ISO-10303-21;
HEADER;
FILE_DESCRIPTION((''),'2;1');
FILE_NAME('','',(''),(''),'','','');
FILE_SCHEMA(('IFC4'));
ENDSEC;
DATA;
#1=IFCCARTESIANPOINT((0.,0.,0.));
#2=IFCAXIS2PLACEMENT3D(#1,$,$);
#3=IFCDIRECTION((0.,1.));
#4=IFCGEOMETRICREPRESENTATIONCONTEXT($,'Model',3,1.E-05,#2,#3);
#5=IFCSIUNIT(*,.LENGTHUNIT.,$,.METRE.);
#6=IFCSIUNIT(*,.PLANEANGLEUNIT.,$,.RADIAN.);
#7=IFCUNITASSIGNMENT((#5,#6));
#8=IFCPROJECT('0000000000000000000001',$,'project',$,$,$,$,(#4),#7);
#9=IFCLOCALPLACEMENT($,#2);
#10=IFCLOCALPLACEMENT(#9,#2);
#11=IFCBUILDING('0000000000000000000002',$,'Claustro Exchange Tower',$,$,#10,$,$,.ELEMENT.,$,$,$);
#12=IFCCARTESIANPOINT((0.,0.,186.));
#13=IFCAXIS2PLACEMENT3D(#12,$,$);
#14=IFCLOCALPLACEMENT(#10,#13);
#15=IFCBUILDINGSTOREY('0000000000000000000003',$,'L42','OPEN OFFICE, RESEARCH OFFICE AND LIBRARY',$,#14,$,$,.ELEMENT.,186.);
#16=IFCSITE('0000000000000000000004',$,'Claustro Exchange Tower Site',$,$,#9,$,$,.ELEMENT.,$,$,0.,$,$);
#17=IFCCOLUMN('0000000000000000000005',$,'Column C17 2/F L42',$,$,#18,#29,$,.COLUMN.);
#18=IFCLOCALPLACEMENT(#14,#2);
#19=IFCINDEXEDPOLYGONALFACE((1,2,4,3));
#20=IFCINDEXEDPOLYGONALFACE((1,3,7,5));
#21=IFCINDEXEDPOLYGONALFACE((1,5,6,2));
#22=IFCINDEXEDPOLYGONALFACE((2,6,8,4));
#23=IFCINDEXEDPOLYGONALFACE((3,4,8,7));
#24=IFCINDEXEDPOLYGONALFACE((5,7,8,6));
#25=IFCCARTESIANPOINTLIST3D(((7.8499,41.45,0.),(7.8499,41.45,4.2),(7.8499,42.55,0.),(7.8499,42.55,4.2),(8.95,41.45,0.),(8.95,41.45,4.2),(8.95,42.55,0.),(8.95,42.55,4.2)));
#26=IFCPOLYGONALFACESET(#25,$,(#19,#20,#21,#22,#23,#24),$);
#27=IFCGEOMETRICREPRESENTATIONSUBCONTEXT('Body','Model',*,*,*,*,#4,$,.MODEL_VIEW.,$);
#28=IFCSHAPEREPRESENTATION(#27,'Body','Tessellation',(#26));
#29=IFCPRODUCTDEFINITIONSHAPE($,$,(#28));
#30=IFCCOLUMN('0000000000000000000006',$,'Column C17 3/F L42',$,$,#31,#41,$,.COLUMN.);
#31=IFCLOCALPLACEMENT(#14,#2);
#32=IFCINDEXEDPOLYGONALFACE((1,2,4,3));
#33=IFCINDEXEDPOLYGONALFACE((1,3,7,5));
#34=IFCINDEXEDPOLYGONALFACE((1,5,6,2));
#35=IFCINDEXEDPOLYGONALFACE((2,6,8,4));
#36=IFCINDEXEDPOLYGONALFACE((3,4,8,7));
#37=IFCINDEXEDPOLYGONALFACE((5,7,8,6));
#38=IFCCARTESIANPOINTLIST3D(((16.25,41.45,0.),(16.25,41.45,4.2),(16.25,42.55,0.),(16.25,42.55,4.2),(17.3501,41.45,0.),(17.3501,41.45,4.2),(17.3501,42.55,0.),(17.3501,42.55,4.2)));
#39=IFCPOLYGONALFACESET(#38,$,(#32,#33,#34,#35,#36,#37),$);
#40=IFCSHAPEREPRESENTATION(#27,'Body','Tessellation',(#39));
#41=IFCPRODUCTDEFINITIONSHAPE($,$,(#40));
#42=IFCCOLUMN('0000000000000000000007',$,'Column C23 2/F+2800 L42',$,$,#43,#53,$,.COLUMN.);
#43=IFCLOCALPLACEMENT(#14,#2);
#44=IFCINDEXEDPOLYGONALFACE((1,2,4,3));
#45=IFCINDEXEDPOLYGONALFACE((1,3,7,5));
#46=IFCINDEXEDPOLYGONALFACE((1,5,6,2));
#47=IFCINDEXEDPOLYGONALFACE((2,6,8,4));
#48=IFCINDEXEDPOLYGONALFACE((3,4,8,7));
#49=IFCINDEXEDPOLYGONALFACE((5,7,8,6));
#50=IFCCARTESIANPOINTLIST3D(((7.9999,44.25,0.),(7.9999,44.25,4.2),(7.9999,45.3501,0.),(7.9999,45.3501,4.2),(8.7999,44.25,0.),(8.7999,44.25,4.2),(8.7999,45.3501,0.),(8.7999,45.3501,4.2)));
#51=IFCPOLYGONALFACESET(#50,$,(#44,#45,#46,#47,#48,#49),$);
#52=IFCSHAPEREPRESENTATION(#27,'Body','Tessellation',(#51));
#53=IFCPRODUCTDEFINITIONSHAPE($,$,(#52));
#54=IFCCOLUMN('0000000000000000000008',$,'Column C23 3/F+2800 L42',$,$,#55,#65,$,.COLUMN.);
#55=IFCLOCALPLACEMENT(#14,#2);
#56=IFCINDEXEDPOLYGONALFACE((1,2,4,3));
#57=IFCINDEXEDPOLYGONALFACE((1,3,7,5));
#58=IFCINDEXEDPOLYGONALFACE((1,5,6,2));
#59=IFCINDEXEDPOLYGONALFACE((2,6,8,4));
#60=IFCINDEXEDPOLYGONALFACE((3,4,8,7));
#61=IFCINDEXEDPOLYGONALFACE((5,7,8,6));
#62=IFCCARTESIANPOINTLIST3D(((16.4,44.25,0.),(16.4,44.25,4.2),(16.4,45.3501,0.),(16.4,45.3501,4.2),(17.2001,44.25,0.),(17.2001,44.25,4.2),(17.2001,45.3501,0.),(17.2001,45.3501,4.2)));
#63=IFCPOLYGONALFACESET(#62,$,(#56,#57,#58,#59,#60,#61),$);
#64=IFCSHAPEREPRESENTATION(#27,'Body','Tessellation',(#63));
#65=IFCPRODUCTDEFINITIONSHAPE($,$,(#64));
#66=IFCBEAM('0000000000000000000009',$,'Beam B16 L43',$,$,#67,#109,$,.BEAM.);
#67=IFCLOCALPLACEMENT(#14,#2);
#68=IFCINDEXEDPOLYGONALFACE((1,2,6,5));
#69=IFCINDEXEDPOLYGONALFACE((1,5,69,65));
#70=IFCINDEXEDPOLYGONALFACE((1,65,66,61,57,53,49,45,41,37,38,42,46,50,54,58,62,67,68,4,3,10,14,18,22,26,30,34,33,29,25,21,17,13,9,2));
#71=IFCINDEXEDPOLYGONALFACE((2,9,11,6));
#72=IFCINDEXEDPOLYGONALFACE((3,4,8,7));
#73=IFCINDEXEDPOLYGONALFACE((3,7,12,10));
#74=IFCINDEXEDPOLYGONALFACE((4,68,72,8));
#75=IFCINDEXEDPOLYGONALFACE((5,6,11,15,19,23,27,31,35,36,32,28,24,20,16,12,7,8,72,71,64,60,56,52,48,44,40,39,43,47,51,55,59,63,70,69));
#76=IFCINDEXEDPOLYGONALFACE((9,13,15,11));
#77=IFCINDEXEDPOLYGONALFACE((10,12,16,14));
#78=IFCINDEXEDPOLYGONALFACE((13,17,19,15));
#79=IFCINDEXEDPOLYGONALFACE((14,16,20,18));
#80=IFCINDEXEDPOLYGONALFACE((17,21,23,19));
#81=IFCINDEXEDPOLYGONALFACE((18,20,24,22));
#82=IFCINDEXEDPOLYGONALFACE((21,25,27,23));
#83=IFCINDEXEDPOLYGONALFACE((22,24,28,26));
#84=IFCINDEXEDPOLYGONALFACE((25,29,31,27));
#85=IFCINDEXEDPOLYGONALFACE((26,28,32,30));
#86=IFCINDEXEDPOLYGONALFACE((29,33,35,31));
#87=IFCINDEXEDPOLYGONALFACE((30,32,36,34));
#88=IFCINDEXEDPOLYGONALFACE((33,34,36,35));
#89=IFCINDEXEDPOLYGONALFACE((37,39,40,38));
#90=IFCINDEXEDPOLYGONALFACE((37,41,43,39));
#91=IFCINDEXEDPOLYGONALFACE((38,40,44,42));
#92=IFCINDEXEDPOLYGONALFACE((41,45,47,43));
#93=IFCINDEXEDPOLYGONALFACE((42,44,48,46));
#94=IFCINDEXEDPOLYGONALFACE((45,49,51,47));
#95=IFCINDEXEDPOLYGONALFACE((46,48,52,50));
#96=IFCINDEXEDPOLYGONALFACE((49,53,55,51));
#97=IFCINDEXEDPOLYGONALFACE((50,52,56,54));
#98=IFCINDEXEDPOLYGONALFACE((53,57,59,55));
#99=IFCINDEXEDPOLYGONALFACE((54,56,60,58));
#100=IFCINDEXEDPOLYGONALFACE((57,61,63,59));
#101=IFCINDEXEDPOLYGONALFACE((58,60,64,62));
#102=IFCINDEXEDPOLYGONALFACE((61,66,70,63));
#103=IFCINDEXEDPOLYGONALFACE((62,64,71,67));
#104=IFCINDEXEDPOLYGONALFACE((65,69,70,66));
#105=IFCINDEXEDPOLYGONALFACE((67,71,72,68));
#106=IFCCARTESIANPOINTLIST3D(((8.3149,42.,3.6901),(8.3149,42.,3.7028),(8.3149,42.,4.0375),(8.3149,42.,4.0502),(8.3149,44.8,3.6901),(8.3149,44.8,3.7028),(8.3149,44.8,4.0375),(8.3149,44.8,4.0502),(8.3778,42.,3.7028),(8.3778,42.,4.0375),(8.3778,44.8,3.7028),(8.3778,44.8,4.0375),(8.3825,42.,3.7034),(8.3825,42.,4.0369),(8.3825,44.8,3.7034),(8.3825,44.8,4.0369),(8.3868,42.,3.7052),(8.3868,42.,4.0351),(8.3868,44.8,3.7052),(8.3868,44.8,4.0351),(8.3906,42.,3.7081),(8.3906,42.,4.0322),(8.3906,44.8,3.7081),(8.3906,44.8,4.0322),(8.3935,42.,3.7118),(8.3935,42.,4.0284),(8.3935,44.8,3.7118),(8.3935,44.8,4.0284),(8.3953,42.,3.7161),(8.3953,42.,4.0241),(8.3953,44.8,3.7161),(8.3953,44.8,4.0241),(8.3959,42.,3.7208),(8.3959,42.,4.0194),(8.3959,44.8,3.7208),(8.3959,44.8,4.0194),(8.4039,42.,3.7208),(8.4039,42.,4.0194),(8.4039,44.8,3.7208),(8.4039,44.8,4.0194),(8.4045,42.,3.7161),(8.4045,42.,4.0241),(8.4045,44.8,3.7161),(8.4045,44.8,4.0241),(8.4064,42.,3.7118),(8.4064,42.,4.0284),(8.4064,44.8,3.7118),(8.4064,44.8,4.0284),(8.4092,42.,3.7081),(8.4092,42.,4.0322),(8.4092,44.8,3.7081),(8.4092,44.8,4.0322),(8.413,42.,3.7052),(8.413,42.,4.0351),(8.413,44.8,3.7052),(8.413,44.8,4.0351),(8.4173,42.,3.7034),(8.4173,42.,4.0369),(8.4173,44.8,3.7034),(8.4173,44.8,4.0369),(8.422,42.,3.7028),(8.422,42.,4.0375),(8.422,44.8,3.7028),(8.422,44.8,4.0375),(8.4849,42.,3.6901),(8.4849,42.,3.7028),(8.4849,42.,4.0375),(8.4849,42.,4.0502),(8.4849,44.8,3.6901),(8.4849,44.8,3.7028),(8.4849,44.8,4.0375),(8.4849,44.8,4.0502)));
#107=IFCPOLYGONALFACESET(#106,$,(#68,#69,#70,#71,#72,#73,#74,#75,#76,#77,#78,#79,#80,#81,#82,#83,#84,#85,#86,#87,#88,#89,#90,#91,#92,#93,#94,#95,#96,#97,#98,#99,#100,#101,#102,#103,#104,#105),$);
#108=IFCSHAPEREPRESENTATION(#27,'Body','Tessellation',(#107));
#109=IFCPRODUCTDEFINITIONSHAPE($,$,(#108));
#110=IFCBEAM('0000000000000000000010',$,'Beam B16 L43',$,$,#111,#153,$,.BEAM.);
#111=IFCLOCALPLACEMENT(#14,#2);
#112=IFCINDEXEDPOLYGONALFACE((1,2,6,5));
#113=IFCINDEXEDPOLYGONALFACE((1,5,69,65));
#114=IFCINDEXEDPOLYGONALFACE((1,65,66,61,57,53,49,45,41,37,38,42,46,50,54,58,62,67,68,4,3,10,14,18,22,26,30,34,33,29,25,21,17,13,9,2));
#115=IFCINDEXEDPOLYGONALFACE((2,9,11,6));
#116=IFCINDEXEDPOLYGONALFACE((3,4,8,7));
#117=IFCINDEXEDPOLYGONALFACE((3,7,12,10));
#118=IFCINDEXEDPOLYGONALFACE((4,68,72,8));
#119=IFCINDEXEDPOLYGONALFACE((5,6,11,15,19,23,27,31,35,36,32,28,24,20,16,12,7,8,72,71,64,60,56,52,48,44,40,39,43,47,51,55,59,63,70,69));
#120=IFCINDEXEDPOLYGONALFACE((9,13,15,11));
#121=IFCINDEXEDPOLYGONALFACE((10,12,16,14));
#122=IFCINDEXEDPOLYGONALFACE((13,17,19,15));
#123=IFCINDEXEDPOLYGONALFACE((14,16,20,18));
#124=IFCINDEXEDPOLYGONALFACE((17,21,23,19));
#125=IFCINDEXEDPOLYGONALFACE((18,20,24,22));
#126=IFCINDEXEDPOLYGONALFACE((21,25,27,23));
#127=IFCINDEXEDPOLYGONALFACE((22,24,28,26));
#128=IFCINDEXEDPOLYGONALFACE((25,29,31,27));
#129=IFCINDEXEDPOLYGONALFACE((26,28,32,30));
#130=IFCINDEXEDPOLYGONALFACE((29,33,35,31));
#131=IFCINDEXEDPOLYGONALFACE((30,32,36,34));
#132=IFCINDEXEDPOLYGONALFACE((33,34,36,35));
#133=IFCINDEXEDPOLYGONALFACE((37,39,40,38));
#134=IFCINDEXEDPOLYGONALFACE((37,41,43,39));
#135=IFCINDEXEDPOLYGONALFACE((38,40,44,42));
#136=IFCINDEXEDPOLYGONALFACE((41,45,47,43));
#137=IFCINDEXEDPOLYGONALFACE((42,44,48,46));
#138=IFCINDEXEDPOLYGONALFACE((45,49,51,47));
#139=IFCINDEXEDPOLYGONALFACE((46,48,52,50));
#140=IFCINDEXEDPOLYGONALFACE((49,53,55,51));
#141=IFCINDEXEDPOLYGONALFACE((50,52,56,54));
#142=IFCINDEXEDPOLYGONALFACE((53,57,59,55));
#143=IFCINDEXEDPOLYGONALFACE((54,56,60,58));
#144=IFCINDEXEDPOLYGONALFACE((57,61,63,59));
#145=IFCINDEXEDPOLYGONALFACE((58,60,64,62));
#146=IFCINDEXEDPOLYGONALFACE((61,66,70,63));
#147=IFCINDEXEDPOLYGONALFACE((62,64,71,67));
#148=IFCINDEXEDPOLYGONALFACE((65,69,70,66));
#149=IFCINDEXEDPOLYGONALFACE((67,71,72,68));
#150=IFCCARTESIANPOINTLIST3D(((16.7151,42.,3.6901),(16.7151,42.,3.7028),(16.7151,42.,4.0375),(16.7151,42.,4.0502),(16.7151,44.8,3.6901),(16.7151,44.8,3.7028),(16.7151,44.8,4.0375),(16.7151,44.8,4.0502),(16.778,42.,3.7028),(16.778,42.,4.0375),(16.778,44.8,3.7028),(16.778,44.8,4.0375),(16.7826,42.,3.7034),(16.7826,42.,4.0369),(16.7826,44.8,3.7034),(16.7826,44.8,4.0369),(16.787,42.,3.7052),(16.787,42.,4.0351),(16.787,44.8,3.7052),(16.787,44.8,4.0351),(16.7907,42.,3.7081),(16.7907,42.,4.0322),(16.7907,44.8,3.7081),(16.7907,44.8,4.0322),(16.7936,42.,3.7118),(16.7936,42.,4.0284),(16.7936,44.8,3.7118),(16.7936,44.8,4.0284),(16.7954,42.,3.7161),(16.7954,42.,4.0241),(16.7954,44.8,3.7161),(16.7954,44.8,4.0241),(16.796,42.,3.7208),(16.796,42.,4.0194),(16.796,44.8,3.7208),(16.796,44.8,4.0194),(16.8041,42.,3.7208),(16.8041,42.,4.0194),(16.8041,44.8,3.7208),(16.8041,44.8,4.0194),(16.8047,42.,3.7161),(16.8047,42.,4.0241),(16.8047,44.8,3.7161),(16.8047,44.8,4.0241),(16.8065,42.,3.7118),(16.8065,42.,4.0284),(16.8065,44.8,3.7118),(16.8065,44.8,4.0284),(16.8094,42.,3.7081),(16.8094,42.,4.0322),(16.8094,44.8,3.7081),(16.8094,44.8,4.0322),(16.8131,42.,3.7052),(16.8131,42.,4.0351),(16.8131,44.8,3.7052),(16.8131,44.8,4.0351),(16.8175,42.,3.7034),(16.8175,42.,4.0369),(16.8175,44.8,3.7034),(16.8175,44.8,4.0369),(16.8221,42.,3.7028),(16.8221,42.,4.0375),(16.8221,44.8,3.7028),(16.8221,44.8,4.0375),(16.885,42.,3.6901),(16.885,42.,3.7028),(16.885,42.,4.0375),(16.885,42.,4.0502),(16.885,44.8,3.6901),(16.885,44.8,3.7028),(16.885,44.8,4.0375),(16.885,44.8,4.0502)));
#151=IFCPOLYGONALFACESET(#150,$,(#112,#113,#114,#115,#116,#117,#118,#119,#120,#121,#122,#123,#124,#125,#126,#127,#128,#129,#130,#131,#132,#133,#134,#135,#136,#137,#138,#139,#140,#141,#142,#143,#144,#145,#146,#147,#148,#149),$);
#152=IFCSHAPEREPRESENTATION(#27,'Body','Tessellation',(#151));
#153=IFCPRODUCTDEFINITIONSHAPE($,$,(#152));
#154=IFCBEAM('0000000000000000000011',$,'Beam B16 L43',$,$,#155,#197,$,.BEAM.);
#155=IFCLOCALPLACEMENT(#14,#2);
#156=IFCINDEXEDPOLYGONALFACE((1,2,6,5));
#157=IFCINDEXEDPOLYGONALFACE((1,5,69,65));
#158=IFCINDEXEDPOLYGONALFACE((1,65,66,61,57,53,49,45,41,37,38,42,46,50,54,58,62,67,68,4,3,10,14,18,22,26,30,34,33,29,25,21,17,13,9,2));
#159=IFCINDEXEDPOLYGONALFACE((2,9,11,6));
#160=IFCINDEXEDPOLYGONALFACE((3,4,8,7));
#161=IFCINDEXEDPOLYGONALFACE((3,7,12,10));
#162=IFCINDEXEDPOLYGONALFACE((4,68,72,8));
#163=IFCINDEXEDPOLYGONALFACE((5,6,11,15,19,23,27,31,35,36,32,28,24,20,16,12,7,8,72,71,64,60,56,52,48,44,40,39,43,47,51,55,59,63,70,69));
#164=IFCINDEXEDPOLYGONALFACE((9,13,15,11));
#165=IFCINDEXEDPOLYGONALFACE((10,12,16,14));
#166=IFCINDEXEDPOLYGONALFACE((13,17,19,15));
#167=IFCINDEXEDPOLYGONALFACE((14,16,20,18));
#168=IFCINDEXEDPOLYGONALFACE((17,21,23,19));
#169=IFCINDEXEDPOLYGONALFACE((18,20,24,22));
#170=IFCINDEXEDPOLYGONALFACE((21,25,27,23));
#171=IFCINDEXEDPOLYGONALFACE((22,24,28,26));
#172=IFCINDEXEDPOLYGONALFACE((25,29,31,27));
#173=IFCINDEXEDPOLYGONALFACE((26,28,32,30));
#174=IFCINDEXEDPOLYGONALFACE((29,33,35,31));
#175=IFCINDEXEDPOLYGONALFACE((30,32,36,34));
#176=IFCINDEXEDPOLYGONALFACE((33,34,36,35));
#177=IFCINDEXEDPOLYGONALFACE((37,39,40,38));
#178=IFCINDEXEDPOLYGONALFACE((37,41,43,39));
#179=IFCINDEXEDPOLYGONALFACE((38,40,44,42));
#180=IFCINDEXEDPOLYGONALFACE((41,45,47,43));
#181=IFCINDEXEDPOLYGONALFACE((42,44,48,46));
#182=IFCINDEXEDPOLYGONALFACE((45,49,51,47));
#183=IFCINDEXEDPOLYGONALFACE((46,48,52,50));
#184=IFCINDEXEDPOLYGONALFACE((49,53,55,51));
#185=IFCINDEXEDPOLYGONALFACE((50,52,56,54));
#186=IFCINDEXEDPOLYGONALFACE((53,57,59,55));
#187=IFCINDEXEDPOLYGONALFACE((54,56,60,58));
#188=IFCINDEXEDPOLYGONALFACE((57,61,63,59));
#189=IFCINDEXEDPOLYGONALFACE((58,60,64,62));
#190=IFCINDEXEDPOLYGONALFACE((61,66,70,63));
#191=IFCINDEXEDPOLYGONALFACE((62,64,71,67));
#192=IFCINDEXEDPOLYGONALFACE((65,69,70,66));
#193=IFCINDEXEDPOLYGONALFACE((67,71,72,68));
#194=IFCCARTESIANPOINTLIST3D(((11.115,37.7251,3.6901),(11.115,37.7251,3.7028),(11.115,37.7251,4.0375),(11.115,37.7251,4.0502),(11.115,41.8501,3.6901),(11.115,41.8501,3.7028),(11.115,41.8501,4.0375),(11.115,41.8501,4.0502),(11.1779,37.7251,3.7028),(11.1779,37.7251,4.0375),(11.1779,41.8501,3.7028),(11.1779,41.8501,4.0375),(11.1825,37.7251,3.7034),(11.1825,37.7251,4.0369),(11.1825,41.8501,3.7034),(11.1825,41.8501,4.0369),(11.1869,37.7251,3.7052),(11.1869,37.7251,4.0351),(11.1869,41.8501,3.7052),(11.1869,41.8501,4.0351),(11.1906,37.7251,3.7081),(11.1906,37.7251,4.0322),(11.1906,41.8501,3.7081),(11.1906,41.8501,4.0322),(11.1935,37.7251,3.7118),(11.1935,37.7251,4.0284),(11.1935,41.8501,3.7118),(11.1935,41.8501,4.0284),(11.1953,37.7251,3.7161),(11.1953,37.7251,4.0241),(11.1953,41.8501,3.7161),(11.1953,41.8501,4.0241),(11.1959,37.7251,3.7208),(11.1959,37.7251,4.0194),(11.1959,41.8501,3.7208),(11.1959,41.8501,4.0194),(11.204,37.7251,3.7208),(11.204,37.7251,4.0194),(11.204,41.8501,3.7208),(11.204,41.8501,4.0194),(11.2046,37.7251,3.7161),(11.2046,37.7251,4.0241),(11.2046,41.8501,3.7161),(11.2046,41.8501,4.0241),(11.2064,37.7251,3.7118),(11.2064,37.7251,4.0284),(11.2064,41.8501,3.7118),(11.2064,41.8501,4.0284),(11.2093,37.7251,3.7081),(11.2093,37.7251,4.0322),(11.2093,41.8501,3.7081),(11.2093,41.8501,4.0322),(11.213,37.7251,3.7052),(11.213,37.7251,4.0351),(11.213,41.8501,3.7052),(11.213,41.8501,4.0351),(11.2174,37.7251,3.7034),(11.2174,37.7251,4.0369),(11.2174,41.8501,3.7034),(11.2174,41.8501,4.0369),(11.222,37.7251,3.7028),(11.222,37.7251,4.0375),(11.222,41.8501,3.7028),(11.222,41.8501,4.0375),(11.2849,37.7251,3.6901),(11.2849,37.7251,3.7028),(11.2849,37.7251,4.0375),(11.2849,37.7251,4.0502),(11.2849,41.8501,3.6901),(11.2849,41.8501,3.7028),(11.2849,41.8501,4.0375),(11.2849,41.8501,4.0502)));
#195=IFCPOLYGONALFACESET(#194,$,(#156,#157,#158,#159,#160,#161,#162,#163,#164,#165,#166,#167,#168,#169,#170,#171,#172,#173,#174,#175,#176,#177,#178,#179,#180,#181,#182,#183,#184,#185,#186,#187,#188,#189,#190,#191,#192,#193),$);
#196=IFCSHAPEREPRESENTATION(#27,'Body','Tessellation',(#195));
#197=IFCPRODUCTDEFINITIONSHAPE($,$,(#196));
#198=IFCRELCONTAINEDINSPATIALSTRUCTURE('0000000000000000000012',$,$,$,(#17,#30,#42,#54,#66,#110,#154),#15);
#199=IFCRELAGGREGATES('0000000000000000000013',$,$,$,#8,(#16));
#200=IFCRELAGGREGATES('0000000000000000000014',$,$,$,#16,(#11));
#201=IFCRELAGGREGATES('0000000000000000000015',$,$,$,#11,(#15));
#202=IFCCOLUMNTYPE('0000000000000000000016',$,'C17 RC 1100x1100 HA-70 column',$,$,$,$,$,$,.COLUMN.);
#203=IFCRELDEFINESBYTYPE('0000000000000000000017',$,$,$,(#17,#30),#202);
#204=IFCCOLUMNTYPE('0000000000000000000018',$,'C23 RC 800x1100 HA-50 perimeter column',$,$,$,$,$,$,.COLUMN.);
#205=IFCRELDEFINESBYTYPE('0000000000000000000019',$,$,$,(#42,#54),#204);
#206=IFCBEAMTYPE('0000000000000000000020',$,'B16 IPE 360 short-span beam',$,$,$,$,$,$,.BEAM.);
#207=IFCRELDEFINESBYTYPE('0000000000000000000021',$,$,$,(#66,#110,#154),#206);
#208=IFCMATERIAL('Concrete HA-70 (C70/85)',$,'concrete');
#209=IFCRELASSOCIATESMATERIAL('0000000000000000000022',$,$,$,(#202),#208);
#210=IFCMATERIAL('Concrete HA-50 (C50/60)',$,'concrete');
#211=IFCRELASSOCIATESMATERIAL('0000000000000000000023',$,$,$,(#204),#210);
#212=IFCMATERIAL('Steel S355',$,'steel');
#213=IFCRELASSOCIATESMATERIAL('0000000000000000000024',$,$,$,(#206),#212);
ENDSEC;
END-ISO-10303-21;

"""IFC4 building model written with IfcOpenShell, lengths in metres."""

from ifc_helpers import new_model, si_unit, direction, frame, origin, origin_2d, place, context, subcontext, project, spatial, rectangle, i_section, extrude, material, material_profile, profile_set, type_object, element, save


model = new_model("IFC4")

# Units and contexts
model_context = context("Model", 3, precision=1e-05, world=origin(), true_north=direction((0.0, 1.0)))
body_context = subcontext(model_context, "Body", "Model", "MODEL_VIEW")
ifc_project = project(units=[si_unit("LENGTHUNIT", "METRE"), si_unit("PLANEANGLEUNIT", "RADIAN")], contexts=[model_context])

# Site, building, storey
site_placement = place(None, origin())
site = spatial("IfcSite", under=ifc_project, at=site_placement, Name="Claustro Exchange Tower Site", CompositionType="ELEMENT", RefElevation=0.0)
building_placement = place(site_placement, origin())
building = spatial("IfcBuilding", under=site, at=building_placement, Name="Claustro Exchange Tower", CompositionType="ELEMENT")
storey_placement = place(building_placement, frame((0.0, 0.0, 186.0)))
storey = spatial("IfcBuildingStorey", under=building, at=storey_placement, Name="L42", Description="OPEN OFFICE, RESEARCH OFFICE AND LIBRARY", CompositionType="ELEMENT", Elevation=186.0)

# Columns
ifc_material_1 = material(Name="Concrete HA-70 (C70/85)", Category="concrete")
ifc_material_profile_1 = material_profile(ifc_material_1, rectangle(XDim=1.1001, YDim=1.1001, at=origin_2d()), Name="RC 1100x1100")
ifc_profile_set_1 = profile_set([ifc_material_profile_1], Name="Concrete HA-70 (C70/85)")
column_type_1 = type_object("IfcColumnType", Name="C17 RC 1100x1100 HA-70 column", PredefinedType="COLUMN", material=ifc_profile_set_1)
for number, where, z_axis, x_axis, name in (
    (1, (8.3999, 42.0, 0.0), (0.0, 0.0, 1.0), (1.0, 0.0, 0.0), "Column C17 2/F L42"),
    (2, (16.8, 42.0, 0.0), (0.0, 0.0, 1.0), (1.0, 0.0, 0.0), "Column C17 3/F L42"),
):
    element("IfcColumn", number, at=place(storey_placement, frame(where, z_axis=z_axis, x_axis=x_axis)), inside=storey, type_object=column_type_1, Name=name, PredefinedType="COLUMN", context=body_context, shape_type="SweptSolid", body=[
        extrude(rectangle(XDim=1.1001, YDim=1.1001, at=origin_2d()), origin(), (0.0, 0.0, 1.0), 4.2),
    ])
ifc_material_2 = material(Name="Concrete HA-50 (C50/60)", Category="concrete")
ifc_material_profile_2 = material_profile(ifc_material_2, rectangle(XDim=0.8, YDim=1.1001, at=origin_2d()), Name="RC 800x1100")
ifc_profile_set_2 = profile_set([ifc_material_profile_2], Name="Concrete HA-50 (C50/60)")
column_type_2 = type_object("IfcColumnType", Name="C23 RC 800x1100 HA-50 perimeter column", PredefinedType="COLUMN", material=ifc_profile_set_2)
for number, where, z_axis, x_axis, name in (
    (3, (8.3999, 44.8, 0.0), (0.0, 0.0, 1.0), (1.0, 0.0, 0.0), "Column C23 2/F+2800 L42"),
    (4, (16.8, 44.8, 0.0), (0.0, 0.0, 1.0), (1.0, 0.0, 0.0), "Column C23 3/F+2800 L42"),
):
    element("IfcColumn", number, at=place(storey_placement, frame(where, z_axis=z_axis, x_axis=x_axis)), inside=storey, type_object=column_type_2, Name=name, PredefinedType="COLUMN", context=body_context, shape_type="SweptSolid", body=[
        extrude(rectangle(XDim=0.8, YDim=1.1001, at=origin_2d()), origin(), (0.0, 0.0, 1.0), 4.2),
    ])

# Beams
ifc_material_3 = material(Name="Steel S355", Category="steel")
ifc_material_profile_3 = material_profile(ifc_material_3, i_section(OverallWidth=0.1699, OverallDepth=0.3601, WebThickness=0.0081, FlangeThickness=0.0127, FilletRadius=0.0181, at=origin_2d()), Name="IPE 360")
ifc_profile_set_3 = profile_set([ifc_material_profile_3], Name="Steel S355")
beam_type_1 = type_object("IfcBeamType", Name="B16 IPE 360 short-span beam", PredefinedType="BEAM", material=ifc_profile_set_3)
for number, where, z_axis, x_axis, name in (
    (5, (8.3999, 42.0, 3.8701), (0.0, 1.0, 0.0), (-1.0, 0.0, 0.0), "Beam B16 L43"),
    (6, (16.8, 42.0, 3.8701), (0.0, 1.0, 0.0), (-1.0, 0.0, 0.0), "Beam B16 L43"),
):
    element("IfcBeam", number, at=place(storey_placement, frame(where, z_axis=z_axis, x_axis=x_axis)), inside=storey, type_object=beam_type_1, Name=name, PredefinedType="BEAM", context=body_context, shape_type="SweptSolid", body=[
        extrude(i_section(OverallWidth=0.1699, OverallDepth=0.3601, WebThickness=0.0081, FlangeThickness=0.0127, FilletRadius=0.0181, at=origin_2d()), origin(), (0.0, 0.0, 1.0), 2.8),
    ])
for number, where, z_axis, x_axis, name in (
    (7, (11.2, 37.7251, 3.8701), (0.0, 1.0, 0.0), (-1.0, 0.0, 0.0), "Beam B16 L43"),
):
    element("IfcBeam", number, at=place(storey_placement, frame(where, z_axis=z_axis, x_axis=x_axis)), inside=storey, type_object=beam_type_1, Name=name, PredefinedType="BEAM", context=body_context, shape_type="SweptSolid", body=[
        extrude(i_section(OverallWidth=0.1699, OverallDepth=0.3601, WebThickness=0.0081, FlangeThickness=0.0127, FilletRadius=0.0181, at=origin_2d()), origin(), (0.0, 0.0, 1.0), 4.125),
    ])

save(model, "model.ifc")
